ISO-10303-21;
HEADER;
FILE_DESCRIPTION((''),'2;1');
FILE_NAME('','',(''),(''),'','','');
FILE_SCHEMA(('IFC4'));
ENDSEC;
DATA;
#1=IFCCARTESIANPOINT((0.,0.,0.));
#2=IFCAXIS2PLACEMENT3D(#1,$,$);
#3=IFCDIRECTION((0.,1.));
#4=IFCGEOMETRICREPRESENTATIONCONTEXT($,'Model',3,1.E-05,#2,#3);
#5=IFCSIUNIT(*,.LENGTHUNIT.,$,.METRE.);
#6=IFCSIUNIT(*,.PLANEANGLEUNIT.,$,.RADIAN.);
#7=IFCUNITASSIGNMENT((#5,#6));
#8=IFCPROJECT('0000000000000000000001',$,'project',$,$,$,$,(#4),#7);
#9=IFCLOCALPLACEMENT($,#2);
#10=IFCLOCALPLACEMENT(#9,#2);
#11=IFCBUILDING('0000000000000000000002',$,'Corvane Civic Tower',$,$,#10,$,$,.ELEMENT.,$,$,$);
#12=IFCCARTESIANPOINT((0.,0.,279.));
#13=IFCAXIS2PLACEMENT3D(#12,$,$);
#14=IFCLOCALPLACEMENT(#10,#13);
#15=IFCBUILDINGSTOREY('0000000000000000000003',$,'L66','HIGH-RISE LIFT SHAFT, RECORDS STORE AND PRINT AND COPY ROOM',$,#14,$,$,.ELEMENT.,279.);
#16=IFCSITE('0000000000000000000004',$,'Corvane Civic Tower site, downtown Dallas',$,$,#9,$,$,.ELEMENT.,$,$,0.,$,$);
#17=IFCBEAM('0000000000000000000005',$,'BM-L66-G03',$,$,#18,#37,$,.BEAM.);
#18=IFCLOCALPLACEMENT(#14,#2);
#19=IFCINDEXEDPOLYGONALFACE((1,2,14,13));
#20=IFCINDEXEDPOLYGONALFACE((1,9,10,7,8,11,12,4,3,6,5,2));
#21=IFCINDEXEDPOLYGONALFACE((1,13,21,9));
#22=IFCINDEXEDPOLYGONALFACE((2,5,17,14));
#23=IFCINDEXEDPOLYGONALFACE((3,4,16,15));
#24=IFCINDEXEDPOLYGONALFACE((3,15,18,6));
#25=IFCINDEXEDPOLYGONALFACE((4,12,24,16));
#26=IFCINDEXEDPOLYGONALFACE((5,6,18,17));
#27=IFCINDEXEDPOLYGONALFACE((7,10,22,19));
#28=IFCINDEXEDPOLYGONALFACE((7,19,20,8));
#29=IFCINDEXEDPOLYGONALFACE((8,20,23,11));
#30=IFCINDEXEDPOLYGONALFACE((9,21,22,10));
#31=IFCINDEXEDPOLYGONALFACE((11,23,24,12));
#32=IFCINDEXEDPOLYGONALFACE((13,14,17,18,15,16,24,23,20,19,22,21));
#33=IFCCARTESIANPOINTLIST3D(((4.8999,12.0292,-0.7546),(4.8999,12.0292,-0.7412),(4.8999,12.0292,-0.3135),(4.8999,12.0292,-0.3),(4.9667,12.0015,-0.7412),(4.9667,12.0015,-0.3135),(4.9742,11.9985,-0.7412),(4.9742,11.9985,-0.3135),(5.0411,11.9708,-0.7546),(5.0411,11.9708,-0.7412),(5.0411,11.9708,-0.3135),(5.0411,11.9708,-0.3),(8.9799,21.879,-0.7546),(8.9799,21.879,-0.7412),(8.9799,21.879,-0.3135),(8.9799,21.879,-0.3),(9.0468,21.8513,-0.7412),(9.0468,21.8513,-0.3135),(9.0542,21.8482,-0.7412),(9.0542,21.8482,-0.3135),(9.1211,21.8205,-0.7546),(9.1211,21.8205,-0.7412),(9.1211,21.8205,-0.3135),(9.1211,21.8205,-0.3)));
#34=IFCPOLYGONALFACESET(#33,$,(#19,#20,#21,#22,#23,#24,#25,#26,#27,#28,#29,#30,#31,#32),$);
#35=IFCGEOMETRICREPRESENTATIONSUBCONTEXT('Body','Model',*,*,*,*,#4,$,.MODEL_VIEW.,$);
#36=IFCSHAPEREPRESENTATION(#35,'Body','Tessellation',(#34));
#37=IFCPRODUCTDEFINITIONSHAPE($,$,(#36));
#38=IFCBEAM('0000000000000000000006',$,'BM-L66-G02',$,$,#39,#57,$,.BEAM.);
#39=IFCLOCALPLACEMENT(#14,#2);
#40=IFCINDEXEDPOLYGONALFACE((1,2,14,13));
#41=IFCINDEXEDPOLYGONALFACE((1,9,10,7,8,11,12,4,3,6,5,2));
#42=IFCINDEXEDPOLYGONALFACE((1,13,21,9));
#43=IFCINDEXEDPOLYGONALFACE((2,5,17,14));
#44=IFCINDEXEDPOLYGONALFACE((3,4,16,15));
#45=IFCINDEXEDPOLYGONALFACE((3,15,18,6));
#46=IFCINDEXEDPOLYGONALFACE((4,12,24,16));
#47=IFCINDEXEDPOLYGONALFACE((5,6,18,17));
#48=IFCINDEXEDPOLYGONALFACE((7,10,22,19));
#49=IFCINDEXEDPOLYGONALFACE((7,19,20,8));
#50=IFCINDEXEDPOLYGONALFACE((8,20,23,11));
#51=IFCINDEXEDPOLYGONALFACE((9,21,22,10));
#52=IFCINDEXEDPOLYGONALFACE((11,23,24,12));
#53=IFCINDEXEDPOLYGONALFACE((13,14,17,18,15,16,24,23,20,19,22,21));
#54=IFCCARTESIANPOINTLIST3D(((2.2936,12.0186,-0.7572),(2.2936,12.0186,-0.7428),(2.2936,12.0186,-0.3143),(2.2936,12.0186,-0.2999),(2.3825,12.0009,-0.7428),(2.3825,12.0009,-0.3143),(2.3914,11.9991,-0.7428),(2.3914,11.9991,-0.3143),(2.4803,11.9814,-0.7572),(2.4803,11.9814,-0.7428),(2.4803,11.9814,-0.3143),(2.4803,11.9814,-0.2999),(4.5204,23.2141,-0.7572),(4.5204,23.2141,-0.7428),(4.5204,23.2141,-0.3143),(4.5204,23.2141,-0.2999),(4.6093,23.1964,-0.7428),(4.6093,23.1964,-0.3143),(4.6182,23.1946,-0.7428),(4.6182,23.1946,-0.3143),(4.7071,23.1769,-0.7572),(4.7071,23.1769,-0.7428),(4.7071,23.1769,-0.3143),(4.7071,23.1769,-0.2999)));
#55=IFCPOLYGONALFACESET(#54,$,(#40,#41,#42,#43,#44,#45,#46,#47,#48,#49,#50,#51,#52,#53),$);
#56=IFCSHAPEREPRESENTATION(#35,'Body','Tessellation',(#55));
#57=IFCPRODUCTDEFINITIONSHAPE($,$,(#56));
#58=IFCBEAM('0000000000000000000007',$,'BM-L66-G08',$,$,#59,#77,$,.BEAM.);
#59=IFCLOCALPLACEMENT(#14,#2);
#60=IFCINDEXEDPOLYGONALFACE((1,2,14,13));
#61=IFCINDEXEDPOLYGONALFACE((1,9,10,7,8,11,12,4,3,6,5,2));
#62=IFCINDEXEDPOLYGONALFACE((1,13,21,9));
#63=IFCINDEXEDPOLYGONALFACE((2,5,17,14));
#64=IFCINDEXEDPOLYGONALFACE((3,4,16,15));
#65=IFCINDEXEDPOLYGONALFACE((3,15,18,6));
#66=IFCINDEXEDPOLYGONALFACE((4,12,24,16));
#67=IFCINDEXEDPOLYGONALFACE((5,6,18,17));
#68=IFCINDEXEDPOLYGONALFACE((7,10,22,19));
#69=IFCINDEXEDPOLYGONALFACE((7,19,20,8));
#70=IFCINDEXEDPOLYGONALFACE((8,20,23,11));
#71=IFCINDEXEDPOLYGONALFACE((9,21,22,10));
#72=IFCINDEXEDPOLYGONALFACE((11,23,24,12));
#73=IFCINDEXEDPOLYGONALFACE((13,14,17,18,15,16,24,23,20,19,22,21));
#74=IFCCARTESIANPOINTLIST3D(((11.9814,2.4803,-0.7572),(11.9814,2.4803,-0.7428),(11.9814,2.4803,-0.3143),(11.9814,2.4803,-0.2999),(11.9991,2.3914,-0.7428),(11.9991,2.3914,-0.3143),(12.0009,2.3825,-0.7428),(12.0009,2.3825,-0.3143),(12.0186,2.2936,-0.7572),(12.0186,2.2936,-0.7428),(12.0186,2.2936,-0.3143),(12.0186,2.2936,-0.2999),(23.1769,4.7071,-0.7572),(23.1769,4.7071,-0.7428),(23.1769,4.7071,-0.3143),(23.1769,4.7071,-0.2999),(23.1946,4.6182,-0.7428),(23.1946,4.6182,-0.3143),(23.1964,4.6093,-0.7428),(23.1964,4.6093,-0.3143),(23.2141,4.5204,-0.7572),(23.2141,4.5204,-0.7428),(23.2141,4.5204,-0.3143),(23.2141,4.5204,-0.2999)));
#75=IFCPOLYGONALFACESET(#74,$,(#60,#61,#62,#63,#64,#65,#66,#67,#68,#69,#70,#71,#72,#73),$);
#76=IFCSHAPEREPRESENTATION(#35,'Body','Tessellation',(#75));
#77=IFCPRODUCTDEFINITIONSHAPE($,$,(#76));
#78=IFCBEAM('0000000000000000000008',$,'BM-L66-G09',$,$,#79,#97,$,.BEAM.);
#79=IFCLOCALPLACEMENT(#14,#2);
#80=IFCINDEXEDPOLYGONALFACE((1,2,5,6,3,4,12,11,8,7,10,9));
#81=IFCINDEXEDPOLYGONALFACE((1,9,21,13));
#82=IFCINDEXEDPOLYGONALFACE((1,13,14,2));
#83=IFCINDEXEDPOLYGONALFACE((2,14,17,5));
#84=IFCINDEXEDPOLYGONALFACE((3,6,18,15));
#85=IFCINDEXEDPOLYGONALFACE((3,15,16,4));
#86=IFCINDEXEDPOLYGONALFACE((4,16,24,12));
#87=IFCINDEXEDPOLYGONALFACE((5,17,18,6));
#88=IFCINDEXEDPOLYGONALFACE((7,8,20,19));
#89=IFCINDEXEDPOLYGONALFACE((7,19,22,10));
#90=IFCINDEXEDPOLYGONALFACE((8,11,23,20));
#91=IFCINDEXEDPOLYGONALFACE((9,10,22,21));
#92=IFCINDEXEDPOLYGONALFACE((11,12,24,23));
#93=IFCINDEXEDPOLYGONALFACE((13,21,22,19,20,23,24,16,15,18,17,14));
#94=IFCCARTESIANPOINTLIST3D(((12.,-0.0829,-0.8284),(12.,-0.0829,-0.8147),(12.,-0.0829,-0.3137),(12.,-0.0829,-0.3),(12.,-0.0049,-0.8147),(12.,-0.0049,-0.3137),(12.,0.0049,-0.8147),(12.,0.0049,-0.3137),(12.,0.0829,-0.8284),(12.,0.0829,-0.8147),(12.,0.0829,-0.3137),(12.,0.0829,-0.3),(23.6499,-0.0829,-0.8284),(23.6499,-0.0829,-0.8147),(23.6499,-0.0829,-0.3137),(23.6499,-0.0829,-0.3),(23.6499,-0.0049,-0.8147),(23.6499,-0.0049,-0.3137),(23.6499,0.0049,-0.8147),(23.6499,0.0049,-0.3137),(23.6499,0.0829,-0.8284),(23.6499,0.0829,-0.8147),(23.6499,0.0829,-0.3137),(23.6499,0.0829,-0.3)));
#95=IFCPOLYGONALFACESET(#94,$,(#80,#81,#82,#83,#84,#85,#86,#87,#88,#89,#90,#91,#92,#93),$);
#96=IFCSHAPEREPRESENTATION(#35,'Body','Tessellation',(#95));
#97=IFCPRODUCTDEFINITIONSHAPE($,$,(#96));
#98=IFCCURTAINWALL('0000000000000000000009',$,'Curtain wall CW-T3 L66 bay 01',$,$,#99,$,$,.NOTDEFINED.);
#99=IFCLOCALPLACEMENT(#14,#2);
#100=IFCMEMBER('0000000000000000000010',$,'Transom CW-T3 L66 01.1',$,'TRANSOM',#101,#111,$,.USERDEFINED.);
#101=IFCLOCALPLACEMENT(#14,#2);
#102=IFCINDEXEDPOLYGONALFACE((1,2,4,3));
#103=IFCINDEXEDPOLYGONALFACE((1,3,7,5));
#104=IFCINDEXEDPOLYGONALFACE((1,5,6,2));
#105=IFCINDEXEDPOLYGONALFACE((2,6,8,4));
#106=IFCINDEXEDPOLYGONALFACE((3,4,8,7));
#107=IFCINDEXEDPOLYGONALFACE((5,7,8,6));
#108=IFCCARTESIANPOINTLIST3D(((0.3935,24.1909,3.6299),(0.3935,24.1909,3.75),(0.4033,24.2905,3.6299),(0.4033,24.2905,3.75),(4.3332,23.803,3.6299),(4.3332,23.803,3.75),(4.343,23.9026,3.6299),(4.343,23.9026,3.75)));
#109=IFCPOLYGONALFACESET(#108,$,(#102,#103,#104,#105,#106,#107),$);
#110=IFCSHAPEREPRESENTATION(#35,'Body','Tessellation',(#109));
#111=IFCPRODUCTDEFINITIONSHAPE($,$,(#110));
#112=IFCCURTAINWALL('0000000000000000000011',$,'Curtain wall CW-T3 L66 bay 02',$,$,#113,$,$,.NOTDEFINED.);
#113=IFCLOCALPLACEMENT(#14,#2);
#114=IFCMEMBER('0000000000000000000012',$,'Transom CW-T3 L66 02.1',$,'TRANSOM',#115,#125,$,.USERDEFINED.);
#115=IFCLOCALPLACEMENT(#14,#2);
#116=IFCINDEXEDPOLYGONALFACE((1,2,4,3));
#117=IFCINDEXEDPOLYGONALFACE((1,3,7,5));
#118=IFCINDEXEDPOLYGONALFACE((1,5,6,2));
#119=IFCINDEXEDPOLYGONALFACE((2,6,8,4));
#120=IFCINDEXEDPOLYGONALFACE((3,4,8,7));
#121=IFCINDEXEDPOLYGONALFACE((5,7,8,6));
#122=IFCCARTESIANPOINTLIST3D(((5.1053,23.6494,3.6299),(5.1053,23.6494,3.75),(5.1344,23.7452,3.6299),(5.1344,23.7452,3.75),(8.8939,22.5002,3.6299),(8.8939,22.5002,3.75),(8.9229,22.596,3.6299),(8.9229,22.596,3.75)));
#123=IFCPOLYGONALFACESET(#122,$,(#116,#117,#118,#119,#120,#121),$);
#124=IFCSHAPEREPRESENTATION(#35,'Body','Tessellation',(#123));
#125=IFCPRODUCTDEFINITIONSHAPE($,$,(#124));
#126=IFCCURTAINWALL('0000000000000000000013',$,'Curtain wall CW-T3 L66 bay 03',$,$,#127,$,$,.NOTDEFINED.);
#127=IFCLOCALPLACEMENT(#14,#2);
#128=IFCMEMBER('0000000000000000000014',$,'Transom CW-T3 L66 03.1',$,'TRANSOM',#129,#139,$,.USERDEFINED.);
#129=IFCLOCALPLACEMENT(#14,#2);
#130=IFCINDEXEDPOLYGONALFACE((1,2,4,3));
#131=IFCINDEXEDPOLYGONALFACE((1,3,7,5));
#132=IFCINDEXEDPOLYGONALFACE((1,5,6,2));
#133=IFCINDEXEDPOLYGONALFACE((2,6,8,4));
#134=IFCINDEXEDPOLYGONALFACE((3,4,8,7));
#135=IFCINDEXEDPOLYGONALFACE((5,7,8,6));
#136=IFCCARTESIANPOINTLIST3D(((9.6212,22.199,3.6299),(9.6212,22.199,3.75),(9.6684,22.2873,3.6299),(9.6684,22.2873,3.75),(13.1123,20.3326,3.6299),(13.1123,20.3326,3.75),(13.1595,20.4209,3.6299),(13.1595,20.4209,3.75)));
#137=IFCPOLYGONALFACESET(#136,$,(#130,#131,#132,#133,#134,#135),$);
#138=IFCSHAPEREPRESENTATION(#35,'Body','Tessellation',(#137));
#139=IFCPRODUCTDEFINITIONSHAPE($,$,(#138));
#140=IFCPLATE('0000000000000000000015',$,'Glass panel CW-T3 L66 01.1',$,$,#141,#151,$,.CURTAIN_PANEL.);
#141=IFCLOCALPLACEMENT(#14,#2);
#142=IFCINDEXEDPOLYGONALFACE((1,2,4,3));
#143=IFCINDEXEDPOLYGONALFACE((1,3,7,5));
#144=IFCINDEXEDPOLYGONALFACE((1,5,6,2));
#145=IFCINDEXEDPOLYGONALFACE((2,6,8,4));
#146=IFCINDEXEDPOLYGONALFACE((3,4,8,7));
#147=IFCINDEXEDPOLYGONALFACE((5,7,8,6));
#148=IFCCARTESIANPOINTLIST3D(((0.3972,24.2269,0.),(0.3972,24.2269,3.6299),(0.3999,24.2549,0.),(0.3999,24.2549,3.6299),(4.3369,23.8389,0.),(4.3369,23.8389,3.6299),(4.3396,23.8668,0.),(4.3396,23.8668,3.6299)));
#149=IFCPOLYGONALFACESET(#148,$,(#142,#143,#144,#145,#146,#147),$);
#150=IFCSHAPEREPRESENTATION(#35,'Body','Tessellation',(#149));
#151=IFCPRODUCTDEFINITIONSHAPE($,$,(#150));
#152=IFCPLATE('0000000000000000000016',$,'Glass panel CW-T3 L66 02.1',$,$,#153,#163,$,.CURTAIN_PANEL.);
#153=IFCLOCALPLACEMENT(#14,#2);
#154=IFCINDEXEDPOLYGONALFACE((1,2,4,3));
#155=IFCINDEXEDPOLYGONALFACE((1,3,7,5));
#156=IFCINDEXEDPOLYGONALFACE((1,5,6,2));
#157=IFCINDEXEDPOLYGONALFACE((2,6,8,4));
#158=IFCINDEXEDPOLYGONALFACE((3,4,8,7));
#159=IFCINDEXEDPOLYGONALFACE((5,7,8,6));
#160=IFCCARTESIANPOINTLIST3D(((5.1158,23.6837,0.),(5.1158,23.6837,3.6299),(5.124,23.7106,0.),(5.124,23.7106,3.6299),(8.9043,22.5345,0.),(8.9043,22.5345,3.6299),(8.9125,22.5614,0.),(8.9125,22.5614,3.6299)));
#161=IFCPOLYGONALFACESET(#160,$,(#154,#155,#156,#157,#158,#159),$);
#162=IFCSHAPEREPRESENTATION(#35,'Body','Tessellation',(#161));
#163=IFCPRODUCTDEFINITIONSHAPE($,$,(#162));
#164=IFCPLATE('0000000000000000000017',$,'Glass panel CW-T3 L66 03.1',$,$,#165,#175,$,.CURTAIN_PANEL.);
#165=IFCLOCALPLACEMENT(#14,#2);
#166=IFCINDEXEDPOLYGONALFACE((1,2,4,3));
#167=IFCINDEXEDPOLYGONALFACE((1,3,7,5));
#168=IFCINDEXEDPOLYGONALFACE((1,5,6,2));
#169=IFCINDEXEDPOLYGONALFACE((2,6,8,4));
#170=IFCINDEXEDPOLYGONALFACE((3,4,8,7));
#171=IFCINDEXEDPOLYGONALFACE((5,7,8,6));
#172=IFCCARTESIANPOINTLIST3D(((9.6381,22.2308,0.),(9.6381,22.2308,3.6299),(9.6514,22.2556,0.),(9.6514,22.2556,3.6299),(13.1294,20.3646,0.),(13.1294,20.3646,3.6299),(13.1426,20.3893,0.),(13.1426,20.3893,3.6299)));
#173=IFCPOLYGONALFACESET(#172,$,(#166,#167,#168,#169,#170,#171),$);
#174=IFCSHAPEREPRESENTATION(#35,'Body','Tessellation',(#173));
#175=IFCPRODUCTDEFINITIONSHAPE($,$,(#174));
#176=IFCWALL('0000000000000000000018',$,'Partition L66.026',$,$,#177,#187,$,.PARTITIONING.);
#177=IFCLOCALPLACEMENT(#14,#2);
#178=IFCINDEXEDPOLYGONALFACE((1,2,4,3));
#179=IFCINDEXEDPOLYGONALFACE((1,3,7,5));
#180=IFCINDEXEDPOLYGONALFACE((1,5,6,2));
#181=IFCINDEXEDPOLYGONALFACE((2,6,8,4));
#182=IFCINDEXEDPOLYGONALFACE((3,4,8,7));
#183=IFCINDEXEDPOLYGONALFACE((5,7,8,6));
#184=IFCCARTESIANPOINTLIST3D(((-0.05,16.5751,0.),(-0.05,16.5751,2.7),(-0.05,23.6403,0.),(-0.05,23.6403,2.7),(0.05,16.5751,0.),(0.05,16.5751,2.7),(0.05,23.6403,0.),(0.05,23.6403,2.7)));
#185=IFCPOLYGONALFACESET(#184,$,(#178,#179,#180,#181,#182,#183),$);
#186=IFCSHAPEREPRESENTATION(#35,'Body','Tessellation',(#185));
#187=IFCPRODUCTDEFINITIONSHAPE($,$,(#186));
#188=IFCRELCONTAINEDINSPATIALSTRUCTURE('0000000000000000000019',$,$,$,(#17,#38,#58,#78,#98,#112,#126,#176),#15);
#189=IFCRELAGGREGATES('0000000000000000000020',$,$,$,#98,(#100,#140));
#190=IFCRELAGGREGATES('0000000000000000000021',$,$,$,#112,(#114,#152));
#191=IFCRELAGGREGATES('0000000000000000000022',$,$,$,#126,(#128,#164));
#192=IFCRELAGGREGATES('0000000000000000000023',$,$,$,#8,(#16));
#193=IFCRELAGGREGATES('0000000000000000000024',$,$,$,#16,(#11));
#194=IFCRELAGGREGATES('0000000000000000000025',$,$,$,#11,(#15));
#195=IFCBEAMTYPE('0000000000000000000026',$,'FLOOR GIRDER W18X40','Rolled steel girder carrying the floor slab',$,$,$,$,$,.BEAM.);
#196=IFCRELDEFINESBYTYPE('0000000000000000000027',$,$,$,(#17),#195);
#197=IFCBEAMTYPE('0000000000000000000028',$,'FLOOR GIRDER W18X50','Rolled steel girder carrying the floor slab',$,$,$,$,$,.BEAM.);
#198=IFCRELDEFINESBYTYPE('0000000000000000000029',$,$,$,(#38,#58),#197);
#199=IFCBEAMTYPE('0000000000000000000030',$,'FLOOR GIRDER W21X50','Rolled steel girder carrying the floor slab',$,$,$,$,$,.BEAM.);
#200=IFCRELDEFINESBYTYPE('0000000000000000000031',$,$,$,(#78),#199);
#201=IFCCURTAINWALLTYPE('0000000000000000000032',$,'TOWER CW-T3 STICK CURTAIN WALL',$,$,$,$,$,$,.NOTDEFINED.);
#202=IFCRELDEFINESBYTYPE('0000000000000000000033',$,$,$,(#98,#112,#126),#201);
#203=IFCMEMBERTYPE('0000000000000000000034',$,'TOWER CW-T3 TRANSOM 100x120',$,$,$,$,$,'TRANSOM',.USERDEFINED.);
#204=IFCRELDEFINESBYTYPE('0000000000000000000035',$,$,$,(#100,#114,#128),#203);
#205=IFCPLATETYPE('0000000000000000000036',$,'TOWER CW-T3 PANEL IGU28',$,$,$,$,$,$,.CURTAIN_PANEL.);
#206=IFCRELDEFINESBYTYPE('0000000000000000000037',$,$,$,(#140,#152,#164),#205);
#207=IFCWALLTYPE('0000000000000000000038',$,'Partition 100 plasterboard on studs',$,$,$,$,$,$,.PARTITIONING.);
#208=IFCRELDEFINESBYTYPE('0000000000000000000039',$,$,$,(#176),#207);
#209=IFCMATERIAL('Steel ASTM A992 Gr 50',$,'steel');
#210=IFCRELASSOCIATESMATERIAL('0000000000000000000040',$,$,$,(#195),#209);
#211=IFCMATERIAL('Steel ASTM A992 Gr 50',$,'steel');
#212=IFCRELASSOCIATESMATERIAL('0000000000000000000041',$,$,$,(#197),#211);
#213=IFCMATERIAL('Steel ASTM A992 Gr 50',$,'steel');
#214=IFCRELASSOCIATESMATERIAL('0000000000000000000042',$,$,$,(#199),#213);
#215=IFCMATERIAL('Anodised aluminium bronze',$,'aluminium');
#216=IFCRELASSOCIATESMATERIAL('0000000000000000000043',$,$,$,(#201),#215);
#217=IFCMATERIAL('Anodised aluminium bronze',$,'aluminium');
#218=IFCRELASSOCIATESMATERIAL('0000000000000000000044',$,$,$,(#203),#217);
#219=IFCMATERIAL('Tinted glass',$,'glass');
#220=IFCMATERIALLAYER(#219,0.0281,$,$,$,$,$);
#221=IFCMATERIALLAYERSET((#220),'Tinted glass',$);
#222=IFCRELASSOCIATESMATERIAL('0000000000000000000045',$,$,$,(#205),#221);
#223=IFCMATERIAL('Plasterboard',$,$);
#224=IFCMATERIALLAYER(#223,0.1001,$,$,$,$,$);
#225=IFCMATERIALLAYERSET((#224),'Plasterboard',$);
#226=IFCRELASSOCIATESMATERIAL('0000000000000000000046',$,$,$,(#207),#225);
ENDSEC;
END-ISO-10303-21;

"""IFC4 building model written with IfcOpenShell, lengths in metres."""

from ifc_helpers import new_model, si_unit, direction, frame, frame_2d, origin, origin_2d, place, context, subcontext, project, spatial, rectangle, i_section, extrude, material, layer, layer_set, material_profile, profile_set, type_object, element, aggregate, save


model = new_model("IFC4")

# Units and contexts
model_context = context("Model", 3, precision=1e-05, world=origin(), true_north=direction((0.0, 1.0)))
body_context = subcontext(model_context, "Body", "Model", "MODEL_VIEW")
ifc_project = project(units=[si_unit("LENGTHUNIT", "METRE"), si_unit("PLANEANGLEUNIT", "RADIAN")], contexts=[model_context])

# Site, building, storey
site_placement = place(None, origin())
site = spatial("IfcSite", under=ifc_project, at=site_placement, Name="Corvane Civic Tower site, downtown Dallas", CompositionType="ELEMENT", RefElevation=0.0)
building_placement = place(site_placement, origin())
building = spatial("IfcBuilding", under=site, at=building_placement, Name="Corvane Civic Tower", CompositionType="ELEMENT")
storey_placement = place(building_placement, frame((0.0, 0.0, 279.0)))
storey = spatial("IfcBuildingStorey", under=building, at=storey_placement, Name="L66", Description="HIGH-RISE LIFT SHAFT, RECORDS STORE AND PRINT AND COPY ROOM", CompositionType="ELEMENT", Elevation=279.0)

# Beams
ifc_material_1 = material(Name="Steel ASTM A992 Gr 50", Category="steel")
ifc_material_profile_1 = material_profile(ifc_material_1, i_section(OverallWidth=0.1528, OverallDepth=0.4546, WebThickness=0.0081, FlangeThickness=0.0134, at=origin_2d()), Name="W18X40")
ifc_profile_set_1 = profile_set([ifc_material_profile_1], Name="Steel ASTM A992 Gr 50")
beam_type_1 = type_object("IfcBeamType", Name="FLOOR GIRDER W18X40", Description="Rolled steel girder carrying the floor slab", PredefinedType="BEAM", material=ifc_profile_set_1)
beam_1_placement = place(storey_placement, frame((4.9705, 12.0, -0.5273), z_axis=(0.382694, 0.923875, 0.0), x_axis=(-0.923875, 0.382694, 0.0)))
element("IfcBeam", 1, at=beam_1_placement, inside=storey, type_object=beam_type_1, Name="BM-L66-G03", PredefinedType="BEAM", context=body_context, shape_type="SweptSolid", body=[
    extrude(i_section(OverallWidth=0.1528, OverallDepth=0.4546, WebThickness=0.0081, FlangeThickness=0.0134, at=origin_2d()), origin(), (0.0, 0.0, 1.0), 10.6614),
])
ifc_material_2 = material(Name="Steel ASTM A992 Gr 50", Category="steel")
ifc_material_profile_2 = material_profile(ifc_material_2, i_section(OverallWidth=0.1904, OverallDepth=0.4573, WebThickness=0.009, FlangeThickness=0.0144, at=origin_2d()), Name="W18X50")
ifc_profile_set_2 = profile_set([ifc_material_profile_2], Name="Steel ASTM A992 Gr 50")
beam_type_2 = type_object("IfcBeamType", Name="FLOOR GIRDER W18X50", Description="Rolled steel girder carrying the floor slab", PredefinedType="BEAM", material=ifc_profile_set_2)
for number, where, z_axis, x_axis, name in (
    (2, (2.387, 12.0, -0.5286), (0.19508, 0.980787, 0.0), (-0.980787, 0.19508, 0.0), "BM-L66-G02"),
    (3, (12.0, 2.387, -0.5286), (0.980787, 0.19508, 0.0), (-0.19508, 0.980787, 0.0), "BM-L66-G08"),
):
    element("IfcBeam", number, at=place(storey_placement, frame(where, z_axis=z_axis, x_axis=x_axis)), inside=storey, type_object=beam_type_2, Name=name, PredefinedType="BEAM", context=body_context, shape_type="SweptSolid", body=[
        extrude(i_section(OverallWidth=0.1904, OverallDepth=0.4573, WebThickness=0.009, FlangeThickness=0.0144, at=origin_2d()), origin(), (0.0, 0.0, 1.0), 11.4148),
    ])
ifc_material_3 = material(Name="Steel ASTM A992 Gr 50", Category="steel")
ifc_material_profile_3 = material_profile(ifc_material_3, i_section(OverallWidth=0.1658, OverallDepth=0.5283, WebThickness=0.0098, FlangeThickness=0.0137, at=origin_2d()), Name="W21X50")
ifc_profile_set_3 = profile_set([ifc_material_profile_3], Name="Steel ASTM A992 Gr 50")
beam_type_3 = type_object("IfcBeamType", Name="FLOOR GIRDER W21X50", Description="Rolled steel girder carrying the floor slab", PredefinedType="BEAM", material=ifc_profile_set_3)
beam_2_placement = place(storey_placement, frame((12.0, 0.0, -0.5642), z_axis=(1.0, 0.0, 0.0), x_axis=(0.0, 1.0, 0.0)))
element("IfcBeam", 4, at=beam_2_placement, inside=storey, type_object=beam_type_3, Name="BM-L66-G09", PredefinedType="BEAM", context=body_context, shape_type="SweptSolid", body=[
    extrude(i_section(OverallWidth=0.1658, OverallDepth=0.5283, WebThickness=0.0098, FlangeThickness=0.0137, at=origin_2d()), origin(), (0.0, 0.0, 1.0), 11.6499),
])

# Curtain walls, members
ifc_material_4 = material(Name="Anodised aluminium bronze", Category="aluminium")
curtain_wall_type = type_object("IfcCurtainWallType", Name="TOWER CW-T3 STICK CURTAIN WALL", PredefinedType="NOTDEFINED", material=ifc_material_4)
curtain_wall_1_placement = place(storey_placement, origin())
curtain_wall_1 = element("IfcCurtainWall", 5, at=curtain_wall_1_placement, inside=storey, type_object=curtain_wall_type, Name="Curtain wall CW-T3 L66 bay 01", PredefinedType="NOTDEFINED")
ifc_material_5 = material(Name="Anodised aluminium bronze", Category="aluminium")
ifc_material_profile_4 = material_profile(ifc_material_5, rectangle(XDim=0.1001, YDim=0.1201, at=origin_2d()), Name="TOWER CW-T3 TRANSOM 100x120")
ifc_profile_set_4 = profile_set([ifc_material_profile_4], Name="Anodised aluminium bronze")
member_type = type_object("IfcMemberType", Name="TOWER CW-T3 TRANSOM 100x120", ElementType="TRANSOM", PredefinedType="USERDEFINED", material=ifc_profile_set_4)
member_1_placement = place(storey_placement, frame((0.3984, 24.2407, 3.6899), z_axis=(0.995187, -0.097995, 0.0), x_axis=(0.097995, 0.995187, 0.0)))
member_1 = element("IfcMember", 6, at=member_1_placement, type_object=member_type, Name="Transom CW-T3 L66 01.1", ObjectType="TRANSOM", PredefinedType="USERDEFINED", context=body_context, shape_type="SweptSolid", body=[
    extrude(rectangle(XDim=0.1001, YDim=0.1201, at=origin_2d()), origin(), (0.0, 0.0, 1.0), 3.9587),
])
curtain_wall_2_placement = place(storey_placement, origin())
curtain_wall_2 = element("IfcCurtainWall", 7, at=curtain_wall_2_placement, inside=storey, type_object=curtain_wall_type, Name="Curtain wall CW-T3 L66 bay 02", PredefinedType="NOTDEFINED")
member_2_placement = place(storey_placement, frame((5.1199, 23.6973, 3.6899), z_axis=(0.956946, -0.290266, 0.0), x_axis=(0.290266, 0.956946, 0.0)))
member_2 = element("IfcMember", 8, at=member_2_placement, type_object=member_type, Name="Transom CW-T3 L66 02.1", ObjectType="TRANSOM", PredefinedType="USERDEFINED", context=body_context, shape_type="SweptSolid", body=[
    extrude(rectangle(XDim=0.1001, YDim=0.1201, at=origin_2d()), origin(), (0.0, 0.0, 1.0), 3.959),
])
curtain_wall_3_placement = place(storey_placement, origin())
curtain_wall_3 = element("IfcCurtainWall", 9, at=curtain_wall_3_placement, inside=storey, type_object=curtain_wall_type, Name="Curtain wall CW-T3 L66 bay 03", PredefinedType="NOTDEFINED")
member_3_placement = place(storey_placement, frame((9.6448, 22.2432, 3.6899), z_axis=(0.881883, -0.471468, 0.0), x_axis=(0.471468, 0.881883, 0.0)))
member_3 = element("IfcMember", 10, at=member_3_placement, type_object=member_type, Name="Transom CW-T3 L66 03.1", ObjectType="TRANSOM", PredefinedType="USERDEFINED", context=body_context, shape_type="SweptSolid", body=[
    extrude(rectangle(XDim=0.1001, YDim=0.1201, at=origin_2d()), origin(), (0.0, 0.0, 1.0), 3.9587),
])

# Plates
ifc_material_6 = material(Name="Tinted glass", Category="glass")
ifc_layer_1 = layer(ifc_material_6, 0.0281)
ifc_layer_set_1 = layer_set([ifc_layer_1], Name="Tinted glass")
plate_type = type_object("IfcPlateType", Name="TOWER CW-T3 PANEL IGU28", PredefinedType="CURTAIN_PANEL", material=ifc_layer_set_1)
plate_1_placement = place(storey_placement, frame((2.3684, 24.0469, 0.0), z_axis=(0.0, 0.0, 1.0), x_axis=(0.995184, -0.098021, 0.0)))
plate_1 = element("IfcPlate", 11, at=plate_1_placement, type_object=plate_type, Name="Glass panel CW-T3 L66 01.1", PredefinedType="CURTAIN_PANEL", context=body_context, shape_type="SweptSolid", body=[
    extrude(rectangle(XDim=3.9587, YDim=0.0281, at=origin_2d()), origin(), (0.0, 0.0, 1.0), 3.6299),
])
aggregate(curtain_wall_1, [member_1, plate_1])
plate_2_placement = place(storey_placement, frame((7.0142, 23.1226, 0.0), z_axis=(0.0, 0.0, 1.0), x_axis=(0.956944, -0.290274, 0.0)))
plate_2 = element("IfcPlate", 12, at=plate_2_placement, type_object=plate_type, Name="Glass panel CW-T3 L66 02.1", PredefinedType="CURTAIN_PANEL", context=body_context, shape_type="SweptSolid", body=[
    extrude(rectangle(XDim=3.959, YDim=0.0281, at=origin_2d()), origin(), (0.0, 0.0, 1.0), 3.6299),
])
aggregate(curtain_wall_2, [member_2, plate_2])
plate_3_placement = place(storey_placement, frame((11.3904, 21.3101, 0.0), z_axis=(0.0, 0.0, 1.0), x_axis=(0.881908, -0.471421, 0.0)))
plate_3 = element("IfcPlate", 13, at=plate_3_placement, type_object=plate_type, Name="Glass panel CW-T3 L66 03.1", PredefinedType="CURTAIN_PANEL", context=body_context, shape_type="SweptSolid", body=[
    extrude(rectangle(XDim=3.9587, YDim=0.0281, at=origin_2d()), origin(), (0.0, 0.0, 1.0), 3.6299),
])
aggregate(curtain_wall_3, [member_3, plate_3])

# Wall
ifc_material_7 = material(Name="Plasterboard")
ifc_layer_2 = layer(ifc_material_7, 0.1001)
ifc_layer_set_2 = layer_set([ifc_layer_2], Name="Plasterboard")
wall_type_1 = type_object("IfcWallType", Name="Partition 100 plasterboard on studs", PredefinedType="PARTITIONING", material=ifc_layer_set_2)
wall_1_placement = place(storey_placement, frame((0.0, 16.575, 0.0), z_axis=(0.0, 0.0, 1.0), x_axis=(0.0, 1.0, 0.0)))
element("IfcWall", 14, at=wall_1_placement, inside=storey, type_object=wall_type_1, Name="Partition L66.026", PredefinedType="PARTITIONING", context=body_context, shape_type="SweptSolid", body=[
    extrude(rectangle(XDim=7.0652, YDim=0.1001, at=frame_2d((3.5327, 0.0))), origin(), (0.0, 0.0, 1.0), 2.7),
])

save(model, "model.ifc")
